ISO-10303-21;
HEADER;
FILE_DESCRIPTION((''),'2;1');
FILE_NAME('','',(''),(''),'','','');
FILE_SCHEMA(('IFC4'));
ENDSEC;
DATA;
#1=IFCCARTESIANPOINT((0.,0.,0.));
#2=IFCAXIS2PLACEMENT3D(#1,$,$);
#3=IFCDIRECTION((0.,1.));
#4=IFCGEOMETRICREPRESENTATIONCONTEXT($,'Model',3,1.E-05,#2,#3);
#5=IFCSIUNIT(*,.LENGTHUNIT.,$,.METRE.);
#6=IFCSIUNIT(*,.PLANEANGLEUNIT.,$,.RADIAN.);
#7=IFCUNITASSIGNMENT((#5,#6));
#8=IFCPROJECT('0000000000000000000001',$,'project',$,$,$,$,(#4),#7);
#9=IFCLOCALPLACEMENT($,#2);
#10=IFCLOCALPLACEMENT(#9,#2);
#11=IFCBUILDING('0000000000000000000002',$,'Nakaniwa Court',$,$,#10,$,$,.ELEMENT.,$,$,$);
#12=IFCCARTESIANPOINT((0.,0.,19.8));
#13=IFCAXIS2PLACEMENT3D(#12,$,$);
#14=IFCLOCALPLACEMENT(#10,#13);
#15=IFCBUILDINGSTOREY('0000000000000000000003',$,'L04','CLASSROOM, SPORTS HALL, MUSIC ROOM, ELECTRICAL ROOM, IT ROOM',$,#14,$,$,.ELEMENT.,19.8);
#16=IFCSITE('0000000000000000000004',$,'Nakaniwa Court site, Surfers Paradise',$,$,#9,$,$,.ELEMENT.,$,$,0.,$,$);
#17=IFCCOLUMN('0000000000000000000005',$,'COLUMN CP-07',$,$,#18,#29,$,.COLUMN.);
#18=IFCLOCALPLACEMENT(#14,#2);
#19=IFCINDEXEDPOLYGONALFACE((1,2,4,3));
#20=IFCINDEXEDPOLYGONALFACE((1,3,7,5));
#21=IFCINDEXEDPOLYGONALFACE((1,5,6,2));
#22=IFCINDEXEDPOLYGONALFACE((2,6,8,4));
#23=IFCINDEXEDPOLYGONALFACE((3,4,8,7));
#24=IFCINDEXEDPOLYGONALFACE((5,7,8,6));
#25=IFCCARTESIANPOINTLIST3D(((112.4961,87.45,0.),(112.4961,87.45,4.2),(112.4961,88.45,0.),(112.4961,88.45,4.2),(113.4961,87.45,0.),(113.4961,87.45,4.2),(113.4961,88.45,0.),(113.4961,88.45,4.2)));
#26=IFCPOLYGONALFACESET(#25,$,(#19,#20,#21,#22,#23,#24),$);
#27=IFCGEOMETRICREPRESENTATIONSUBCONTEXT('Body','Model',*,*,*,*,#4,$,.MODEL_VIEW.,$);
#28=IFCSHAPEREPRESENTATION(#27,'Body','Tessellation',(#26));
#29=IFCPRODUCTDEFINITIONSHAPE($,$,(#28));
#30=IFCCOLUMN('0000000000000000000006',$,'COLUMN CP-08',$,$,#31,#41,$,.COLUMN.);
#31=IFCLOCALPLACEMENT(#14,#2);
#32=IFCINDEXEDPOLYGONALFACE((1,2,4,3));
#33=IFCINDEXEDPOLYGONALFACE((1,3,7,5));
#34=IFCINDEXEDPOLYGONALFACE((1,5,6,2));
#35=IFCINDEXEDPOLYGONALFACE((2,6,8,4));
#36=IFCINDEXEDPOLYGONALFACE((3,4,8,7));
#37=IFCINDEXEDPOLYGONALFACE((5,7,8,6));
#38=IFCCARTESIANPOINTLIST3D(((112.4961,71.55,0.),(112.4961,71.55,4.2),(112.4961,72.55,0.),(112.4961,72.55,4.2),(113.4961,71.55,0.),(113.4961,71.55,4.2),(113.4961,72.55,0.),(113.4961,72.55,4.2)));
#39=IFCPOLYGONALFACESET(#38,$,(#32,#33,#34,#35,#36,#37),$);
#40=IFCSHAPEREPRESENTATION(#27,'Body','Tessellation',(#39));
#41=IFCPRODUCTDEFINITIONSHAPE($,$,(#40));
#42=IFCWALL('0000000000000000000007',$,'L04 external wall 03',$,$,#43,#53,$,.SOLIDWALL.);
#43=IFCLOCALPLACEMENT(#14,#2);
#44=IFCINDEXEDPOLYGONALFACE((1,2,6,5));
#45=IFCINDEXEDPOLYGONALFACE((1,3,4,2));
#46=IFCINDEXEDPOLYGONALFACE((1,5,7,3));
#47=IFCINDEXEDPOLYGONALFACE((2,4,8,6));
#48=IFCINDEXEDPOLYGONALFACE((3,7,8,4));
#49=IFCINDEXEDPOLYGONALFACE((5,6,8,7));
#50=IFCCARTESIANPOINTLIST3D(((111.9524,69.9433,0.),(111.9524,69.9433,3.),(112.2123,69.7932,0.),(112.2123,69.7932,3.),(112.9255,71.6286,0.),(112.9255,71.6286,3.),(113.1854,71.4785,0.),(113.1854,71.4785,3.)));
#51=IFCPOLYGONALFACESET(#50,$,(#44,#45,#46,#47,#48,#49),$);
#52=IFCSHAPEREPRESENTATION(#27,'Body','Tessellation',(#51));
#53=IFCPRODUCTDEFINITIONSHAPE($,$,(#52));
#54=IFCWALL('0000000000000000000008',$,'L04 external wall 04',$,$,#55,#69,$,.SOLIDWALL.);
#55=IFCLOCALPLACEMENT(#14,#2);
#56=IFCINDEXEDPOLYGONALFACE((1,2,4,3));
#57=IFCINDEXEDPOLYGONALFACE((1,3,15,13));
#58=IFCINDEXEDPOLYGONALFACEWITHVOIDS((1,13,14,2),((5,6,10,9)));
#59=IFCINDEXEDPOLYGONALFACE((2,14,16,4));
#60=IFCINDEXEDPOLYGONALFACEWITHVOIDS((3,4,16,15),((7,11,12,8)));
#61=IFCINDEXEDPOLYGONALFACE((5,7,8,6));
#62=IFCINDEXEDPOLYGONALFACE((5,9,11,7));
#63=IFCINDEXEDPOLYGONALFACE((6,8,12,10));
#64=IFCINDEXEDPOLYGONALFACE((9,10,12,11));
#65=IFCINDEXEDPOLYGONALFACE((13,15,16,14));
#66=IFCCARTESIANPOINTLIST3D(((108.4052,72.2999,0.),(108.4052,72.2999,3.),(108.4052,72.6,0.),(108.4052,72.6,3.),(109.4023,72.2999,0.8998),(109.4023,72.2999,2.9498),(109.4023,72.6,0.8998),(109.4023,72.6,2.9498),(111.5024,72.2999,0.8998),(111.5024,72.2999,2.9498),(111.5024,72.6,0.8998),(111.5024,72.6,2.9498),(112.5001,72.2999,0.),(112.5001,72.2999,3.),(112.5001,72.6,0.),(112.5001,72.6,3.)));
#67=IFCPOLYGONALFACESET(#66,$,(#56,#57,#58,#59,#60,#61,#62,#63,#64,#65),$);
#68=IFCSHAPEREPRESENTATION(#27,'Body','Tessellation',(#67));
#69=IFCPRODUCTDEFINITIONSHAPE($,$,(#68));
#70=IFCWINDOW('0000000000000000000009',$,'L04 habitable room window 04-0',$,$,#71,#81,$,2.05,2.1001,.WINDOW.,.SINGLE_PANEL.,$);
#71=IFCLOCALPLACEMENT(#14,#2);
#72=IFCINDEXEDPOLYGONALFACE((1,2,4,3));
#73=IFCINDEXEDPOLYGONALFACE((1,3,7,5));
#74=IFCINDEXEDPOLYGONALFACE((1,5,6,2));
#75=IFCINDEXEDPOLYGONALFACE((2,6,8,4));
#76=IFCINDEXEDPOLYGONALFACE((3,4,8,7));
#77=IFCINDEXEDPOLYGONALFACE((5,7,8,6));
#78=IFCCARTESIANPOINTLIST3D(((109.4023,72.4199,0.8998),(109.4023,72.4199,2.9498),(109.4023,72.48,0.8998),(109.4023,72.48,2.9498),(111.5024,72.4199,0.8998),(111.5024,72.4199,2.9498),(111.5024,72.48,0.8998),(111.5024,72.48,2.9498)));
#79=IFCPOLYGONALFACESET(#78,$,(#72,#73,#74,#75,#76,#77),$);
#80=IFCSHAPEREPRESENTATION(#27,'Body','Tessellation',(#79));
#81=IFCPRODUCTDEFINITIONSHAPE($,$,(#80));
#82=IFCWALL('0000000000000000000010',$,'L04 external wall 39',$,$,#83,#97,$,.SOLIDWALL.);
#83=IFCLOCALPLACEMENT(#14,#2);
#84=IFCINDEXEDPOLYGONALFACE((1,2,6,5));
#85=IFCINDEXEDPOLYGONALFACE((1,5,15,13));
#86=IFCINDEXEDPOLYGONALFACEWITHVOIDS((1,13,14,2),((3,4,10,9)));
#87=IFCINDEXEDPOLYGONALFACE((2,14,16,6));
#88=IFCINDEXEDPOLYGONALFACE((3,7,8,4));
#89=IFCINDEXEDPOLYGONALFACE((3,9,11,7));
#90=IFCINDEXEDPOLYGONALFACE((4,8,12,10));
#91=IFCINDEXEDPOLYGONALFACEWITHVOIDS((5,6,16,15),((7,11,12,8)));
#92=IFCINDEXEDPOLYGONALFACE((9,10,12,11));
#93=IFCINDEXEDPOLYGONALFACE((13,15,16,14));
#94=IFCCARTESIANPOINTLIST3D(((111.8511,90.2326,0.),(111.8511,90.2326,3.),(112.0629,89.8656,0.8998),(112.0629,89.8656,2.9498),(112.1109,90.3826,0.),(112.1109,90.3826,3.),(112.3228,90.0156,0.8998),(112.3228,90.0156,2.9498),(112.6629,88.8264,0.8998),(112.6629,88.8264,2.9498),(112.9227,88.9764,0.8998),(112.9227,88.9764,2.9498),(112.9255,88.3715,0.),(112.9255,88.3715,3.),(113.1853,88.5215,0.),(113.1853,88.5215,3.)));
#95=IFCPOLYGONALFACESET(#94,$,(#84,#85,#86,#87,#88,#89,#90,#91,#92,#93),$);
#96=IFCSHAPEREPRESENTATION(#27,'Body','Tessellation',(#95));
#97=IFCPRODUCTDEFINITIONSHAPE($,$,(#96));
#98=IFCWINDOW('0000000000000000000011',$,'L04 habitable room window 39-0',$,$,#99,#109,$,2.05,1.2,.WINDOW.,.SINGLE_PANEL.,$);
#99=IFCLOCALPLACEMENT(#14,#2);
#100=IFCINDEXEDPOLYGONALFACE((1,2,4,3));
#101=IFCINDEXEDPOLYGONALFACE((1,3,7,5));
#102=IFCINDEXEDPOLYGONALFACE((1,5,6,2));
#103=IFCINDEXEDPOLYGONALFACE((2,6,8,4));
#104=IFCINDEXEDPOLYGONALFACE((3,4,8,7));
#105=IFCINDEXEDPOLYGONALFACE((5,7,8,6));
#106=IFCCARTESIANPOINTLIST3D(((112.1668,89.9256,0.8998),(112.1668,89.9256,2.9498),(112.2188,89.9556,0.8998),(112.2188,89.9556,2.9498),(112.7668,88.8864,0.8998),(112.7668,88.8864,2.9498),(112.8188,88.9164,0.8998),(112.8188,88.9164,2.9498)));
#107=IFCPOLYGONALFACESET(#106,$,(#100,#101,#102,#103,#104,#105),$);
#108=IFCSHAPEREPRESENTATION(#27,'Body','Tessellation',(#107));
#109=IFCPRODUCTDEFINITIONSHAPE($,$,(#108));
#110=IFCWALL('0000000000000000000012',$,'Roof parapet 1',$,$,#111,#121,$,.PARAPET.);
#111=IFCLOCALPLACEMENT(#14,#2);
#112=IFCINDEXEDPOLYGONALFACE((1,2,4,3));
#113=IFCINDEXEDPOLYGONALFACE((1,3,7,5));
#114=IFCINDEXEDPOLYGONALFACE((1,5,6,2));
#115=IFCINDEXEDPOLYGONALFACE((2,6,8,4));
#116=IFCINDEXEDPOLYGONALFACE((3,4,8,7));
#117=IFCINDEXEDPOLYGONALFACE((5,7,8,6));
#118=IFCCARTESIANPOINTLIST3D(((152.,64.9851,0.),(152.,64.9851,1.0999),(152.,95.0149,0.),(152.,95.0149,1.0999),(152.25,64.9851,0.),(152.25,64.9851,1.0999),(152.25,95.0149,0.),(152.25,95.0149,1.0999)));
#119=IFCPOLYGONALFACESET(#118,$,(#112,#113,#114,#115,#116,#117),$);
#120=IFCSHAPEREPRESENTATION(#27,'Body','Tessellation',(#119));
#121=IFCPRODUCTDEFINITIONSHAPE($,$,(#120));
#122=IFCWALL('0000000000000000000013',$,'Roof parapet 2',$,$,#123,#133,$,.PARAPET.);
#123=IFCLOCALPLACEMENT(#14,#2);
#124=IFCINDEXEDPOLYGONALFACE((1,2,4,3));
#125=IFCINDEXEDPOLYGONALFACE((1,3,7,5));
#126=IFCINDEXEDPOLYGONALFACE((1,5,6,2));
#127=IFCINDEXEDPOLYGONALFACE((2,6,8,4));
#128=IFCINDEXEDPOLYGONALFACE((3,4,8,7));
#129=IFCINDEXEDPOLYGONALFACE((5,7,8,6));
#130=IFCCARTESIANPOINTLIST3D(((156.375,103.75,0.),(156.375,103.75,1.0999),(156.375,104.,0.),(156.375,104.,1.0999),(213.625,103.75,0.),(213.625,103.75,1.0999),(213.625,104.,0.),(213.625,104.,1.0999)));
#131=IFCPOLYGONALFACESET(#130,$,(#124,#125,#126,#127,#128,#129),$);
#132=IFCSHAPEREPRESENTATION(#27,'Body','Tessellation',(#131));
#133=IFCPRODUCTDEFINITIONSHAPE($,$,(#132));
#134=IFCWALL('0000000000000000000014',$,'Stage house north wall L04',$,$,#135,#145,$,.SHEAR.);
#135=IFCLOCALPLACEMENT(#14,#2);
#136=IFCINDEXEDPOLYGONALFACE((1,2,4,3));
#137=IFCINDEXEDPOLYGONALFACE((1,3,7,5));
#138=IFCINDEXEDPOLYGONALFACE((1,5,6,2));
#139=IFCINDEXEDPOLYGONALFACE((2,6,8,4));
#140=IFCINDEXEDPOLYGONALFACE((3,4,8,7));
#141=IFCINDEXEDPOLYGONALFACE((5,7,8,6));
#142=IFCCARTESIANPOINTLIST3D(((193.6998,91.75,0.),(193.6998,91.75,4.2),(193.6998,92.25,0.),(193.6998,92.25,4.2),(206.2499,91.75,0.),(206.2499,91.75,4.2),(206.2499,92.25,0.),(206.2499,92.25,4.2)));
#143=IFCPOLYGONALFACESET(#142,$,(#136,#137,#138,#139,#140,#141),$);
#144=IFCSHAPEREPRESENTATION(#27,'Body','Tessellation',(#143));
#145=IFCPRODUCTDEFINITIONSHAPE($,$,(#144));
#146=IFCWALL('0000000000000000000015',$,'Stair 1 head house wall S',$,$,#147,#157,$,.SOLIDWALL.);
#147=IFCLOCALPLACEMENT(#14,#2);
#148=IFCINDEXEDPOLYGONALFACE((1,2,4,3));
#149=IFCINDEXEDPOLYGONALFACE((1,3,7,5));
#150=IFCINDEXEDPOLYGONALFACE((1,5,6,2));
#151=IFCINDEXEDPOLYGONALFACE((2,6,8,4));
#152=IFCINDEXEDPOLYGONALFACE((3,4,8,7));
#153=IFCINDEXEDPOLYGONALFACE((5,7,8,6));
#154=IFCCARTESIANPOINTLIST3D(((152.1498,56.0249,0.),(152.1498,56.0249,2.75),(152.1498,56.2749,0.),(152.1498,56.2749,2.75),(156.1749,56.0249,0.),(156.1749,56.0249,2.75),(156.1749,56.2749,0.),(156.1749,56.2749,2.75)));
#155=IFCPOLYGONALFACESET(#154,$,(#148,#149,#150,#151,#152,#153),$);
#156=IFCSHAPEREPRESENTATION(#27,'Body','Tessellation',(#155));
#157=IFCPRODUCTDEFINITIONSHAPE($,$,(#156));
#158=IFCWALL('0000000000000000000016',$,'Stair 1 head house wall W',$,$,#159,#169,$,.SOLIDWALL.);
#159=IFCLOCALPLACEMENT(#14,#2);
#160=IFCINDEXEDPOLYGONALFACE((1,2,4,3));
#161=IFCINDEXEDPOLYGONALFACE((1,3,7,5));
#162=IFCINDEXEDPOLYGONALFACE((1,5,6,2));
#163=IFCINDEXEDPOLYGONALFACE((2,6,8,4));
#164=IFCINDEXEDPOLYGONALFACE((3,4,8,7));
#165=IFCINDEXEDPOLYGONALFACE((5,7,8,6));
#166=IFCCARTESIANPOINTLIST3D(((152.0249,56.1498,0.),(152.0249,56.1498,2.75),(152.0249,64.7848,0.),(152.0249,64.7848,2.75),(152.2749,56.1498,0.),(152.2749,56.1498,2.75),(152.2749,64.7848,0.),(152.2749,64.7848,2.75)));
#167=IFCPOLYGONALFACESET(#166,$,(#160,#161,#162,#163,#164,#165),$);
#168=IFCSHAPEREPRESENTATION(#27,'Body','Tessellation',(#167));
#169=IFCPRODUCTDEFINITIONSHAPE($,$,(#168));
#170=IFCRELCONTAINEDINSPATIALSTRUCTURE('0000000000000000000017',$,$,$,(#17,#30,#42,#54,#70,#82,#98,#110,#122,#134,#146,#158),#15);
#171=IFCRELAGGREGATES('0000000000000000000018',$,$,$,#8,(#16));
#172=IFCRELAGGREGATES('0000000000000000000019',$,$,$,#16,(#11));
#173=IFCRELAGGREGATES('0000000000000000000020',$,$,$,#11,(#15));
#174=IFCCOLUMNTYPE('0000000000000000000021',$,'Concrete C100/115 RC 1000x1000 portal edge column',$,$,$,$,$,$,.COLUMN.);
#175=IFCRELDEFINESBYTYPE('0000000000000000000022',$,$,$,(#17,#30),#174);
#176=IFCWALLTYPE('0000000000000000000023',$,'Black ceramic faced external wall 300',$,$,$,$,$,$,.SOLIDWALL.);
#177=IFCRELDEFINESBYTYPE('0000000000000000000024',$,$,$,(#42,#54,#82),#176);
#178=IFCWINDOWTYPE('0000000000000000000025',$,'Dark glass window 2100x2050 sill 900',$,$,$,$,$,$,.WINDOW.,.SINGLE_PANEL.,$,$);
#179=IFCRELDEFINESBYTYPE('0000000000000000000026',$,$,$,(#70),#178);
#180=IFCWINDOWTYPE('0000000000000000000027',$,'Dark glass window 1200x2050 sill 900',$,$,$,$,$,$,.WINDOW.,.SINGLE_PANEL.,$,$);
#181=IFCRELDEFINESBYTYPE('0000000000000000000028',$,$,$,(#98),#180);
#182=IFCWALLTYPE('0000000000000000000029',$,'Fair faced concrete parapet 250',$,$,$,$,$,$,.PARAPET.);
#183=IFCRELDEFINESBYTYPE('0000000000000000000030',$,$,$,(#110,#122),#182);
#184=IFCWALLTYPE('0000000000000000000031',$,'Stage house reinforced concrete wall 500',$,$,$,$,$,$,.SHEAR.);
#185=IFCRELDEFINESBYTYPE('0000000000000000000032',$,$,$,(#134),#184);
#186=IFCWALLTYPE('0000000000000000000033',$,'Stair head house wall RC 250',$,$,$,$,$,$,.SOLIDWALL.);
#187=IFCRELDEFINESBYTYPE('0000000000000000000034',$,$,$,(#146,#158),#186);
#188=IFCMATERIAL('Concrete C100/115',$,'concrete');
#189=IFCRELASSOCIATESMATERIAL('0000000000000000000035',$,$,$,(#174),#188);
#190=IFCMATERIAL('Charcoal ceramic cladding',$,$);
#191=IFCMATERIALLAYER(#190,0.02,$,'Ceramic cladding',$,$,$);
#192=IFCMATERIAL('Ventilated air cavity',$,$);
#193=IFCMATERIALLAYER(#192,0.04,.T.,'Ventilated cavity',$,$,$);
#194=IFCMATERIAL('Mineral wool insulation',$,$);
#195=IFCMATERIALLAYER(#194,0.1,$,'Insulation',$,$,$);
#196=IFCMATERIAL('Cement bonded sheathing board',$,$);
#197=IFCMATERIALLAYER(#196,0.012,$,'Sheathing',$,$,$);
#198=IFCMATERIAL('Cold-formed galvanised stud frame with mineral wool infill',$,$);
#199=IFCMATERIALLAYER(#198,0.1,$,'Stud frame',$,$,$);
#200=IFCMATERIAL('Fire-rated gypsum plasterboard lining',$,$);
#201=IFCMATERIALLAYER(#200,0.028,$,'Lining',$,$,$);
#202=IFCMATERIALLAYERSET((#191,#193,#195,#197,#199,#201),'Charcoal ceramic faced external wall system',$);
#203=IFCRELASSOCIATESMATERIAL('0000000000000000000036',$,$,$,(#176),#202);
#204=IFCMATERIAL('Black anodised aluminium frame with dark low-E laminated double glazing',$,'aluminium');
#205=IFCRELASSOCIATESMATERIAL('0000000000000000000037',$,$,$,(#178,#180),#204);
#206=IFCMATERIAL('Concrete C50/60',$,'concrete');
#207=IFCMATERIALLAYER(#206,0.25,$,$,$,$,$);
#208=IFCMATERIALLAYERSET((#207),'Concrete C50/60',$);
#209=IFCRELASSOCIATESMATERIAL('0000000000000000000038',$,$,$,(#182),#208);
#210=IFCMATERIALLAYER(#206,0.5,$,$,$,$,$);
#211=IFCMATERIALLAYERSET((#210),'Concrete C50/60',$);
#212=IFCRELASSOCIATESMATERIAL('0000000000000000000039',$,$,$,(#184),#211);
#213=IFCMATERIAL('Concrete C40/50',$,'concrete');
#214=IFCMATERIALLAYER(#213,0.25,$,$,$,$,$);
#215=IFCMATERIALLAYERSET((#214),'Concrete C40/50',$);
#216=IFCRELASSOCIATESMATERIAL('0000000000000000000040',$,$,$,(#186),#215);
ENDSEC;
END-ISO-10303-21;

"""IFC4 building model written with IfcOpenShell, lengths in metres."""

from ifc_helpers import new_model, si_unit, direction, frame, frame_2d, origin, origin_2d, place, context, subcontext, project, spatial, rectangle, extrude, material, layer, layer_set, material_profile, profile_set, type_object, element, fill, save


model = new_model("IFC4")

# Units and contexts
model_context = context("Model", 3, precision=1e-05, world=origin(), true_north=direction((0.0, 1.0)))
body_context = subcontext(model_context, "Body", "Model", "MODEL_VIEW")
ifc_project = project(units=[si_unit("LENGTHUNIT", "METRE"), si_unit("PLANEANGLEUNIT", "RADIAN")], contexts=[model_context])

# Site, building, storey
site_placement = place(None, origin())
site = spatial("IfcSite", under=ifc_project, at=site_placement, Name="Nakaniwa Court site, Surfers Paradise", CompositionType="ELEMENT", RefElevation=0.0)
building_placement = place(site_placement, origin())
building = spatial("IfcBuilding", under=site, at=building_placement, Name="Nakaniwa Court", CompositionType="ELEMENT")
storey_placement = place(building_placement, frame((0.0, 0.0, 19.8)))
storey = spatial("IfcBuildingStorey", under=building, at=storey_placement, Name="L04", Description="CLASSROOM, SPORTS HALL, MUSIC ROOM, ELECTRICAL ROOM, IT ROOM", CompositionType="ELEMENT", Elevation=19.8)

# Columns
ifc_material_1 = material(Name="Concrete C100/115", Category="concrete")
ifc_material_profile = material_profile(ifc_material_1, rectangle(XDim=1.0, YDim=1.0, at=origin_2d()), Name="Concrete C100/115 RC 1000x1000 portal edge column")
ifc_profile_set = profile_set([ifc_material_profile], Name="Concrete C100/115")
column_type = type_object("IfcColumnType", Name="Concrete C100/115 RC 1000x1000 portal edge column", PredefinedType="COLUMN", material=ifc_profile_set)
for number, where, z_axis, x_axis, name in (
    (1, (112.9961, 87.95, 0.0), (0.0, 0.0, 1.0), (1.0, 0.0, 0.0), "COLUMN CP-07"),
    (2, (112.9961, 72.05, 0.0), (0.0, 0.0, 1.0), (1.0, 0.0, 0.0), "COLUMN CP-08"),
):
    element("IfcColumn", number, at=place(storey_placement, frame(where, z_axis=z_axis, x_axis=x_axis)), inside=storey, type_object=column_type, Name=name, PredefinedType="COLUMN", context=body_context, shape_type="SweptSolid", body=[
        extrude(rectangle(XDim=1.0, YDim=1.0, at=origin_2d()), origin(), (0.0, 0.0, 1.0), 4.2),
    ])

# Wall
ifc_material_2 = material(Name="Charcoal ceramic cladding")
ifc_layer_1 = layer(ifc_material_2, 0.02, Name="Ceramic cladding")
ifc_material_3 = material(Name="Ventilated air cavity")
ifc_layer_2 = layer(ifc_material_3, 0.04, ventilated=True, Name="Ventilated cavity")
ifc_material_4 = material(Name="Mineral wool insulation")
ifc_layer_3 = layer(ifc_material_4, 0.1, Name="Insulation")
ifc_material_5 = material(Name="Cement bonded sheathing board")
ifc_layer_4 = layer(ifc_material_5, 0.012, Name="Sheathing")
ifc_material_6 = material(Name="Cold-formed galvanised stud frame with mineral wool infill")
ifc_layer_5 = layer(ifc_material_6, 0.1, Name="Stud frame")
ifc_material_7 = material(Name="Fire-rated gypsum plasterboard lining")
ifc_layer_6 = layer(ifc_material_7, 0.028, Name="Lining")
ifc_layer_set_1 = layer_set([ifc_layer_1, ifc_layer_2, ifc_layer_3, ifc_layer_4, ifc_layer_5, ifc_layer_6], Name="Charcoal ceramic faced external wall system")
wall_type_1 = type_object("IfcWallType", Name="Black ceramic faced external wall 300", PredefinedType="SOLIDWALL", material=ifc_layer_set_1)
wall_1_placement = place(storey_placement, frame((112.0823, 69.8682, 0.0), z_axis=(0.0, 0.0, 1.0), x_axis=(0.500052, 0.865995, 0.0)))
element("IfcWall", 3, at=wall_1_placement, inside=storey, type_object=wall_type_1, Name="L04 external wall 03", PredefinedType="SOLIDWALL", context=body_context, shape_type="SweptSolid", body=[
    extrude(rectangle(XDim=1.946, YDim=0.3, at=frame_2d((0.9731, 0.0))), origin(), (0.0, 0.0, 1.0), 3.0),
])

# Walls, openings, windows
wall_2_placement = place(storey_placement, frame((112.5, 72.45, 0.0), z_axis=(0.0, 0.0, 1.0), x_axis=(-1.0, 0.0, 0.0)))
wall_2 = element("IfcWall", 4, at=wall_2_placement, inside=storey, type_object=wall_type_1, Name="L04 external wall 04", PredefinedType="SOLIDWALL", context=body_context, shape_type="SweptSolid", body=[
    extrude(rectangle(XDim=4.095, YDim=0.3, at=frame_2d((2.0474, 0.0))), origin(), (0.0, 0.0, 1.0), 3.0),
])
opening_1_placement = place(wall_2_placement, frame((0.9976, 0.0, 0.8999)))
opening_1 = element("IfcOpeningElement", 5, at=opening_1_placement, cuts=wall_2, PredefinedType="OPENING", context=body_context, shape_type="SweptSolid", body=[
    extrude(rectangle(XDim=2.1001, YDim=2.05, at=frame_2d((1.05, 1.0249))), frame((0.0, 0.1599, 0.0), z_axis=(0.0, -1.0, 0.0), x_axis=(1.0, 0.0, 0.0)), (0.0, 0.0, 1.0), 0.3201),
])
ifc_material_8 = material(Name="Black anodised aluminium frame with dark low-E laminated double glazing", Category="aluminium")
window_type_1 = type_object("IfcWindowType", Name="Dark glass window 2100x2050 sill 900", PartitioningType="SINGLE_PANEL", PredefinedType="WINDOW", material=ifc_material_8)
window_1_placement = place(opening_1_placement, origin())
window_1 = element("IfcWindow", 6, at=window_1_placement, inside=storey, type_object=window_type_1, Name="L04 habitable room window 04-0", OverallHeight=2.05, OverallWidth=2.1001, PartitioningType="SINGLE_PANEL", PredefinedType="WINDOW", context=body_context, shape_type="SweptSolid", body=[
    extrude(rectangle(XDim=2.1001, YDim=2.05, at=frame_2d((1.05, 1.0249))), frame((0.0, 0.03, 0.0), z_axis=(0.0, -1.0, 0.0), x_axis=(1.0, 0.0, 0.0)), (0.0, 0.0, 1.0), 0.0601),
])
fill(opening_1, window_1)
wall_3_placement = place(storey_placement, frame((113.0554, 88.4465, 0.0), z_axis=(0.0, 0.0, 1.0), x_axis=(-0.499988, 0.866032, 0.0)))
wall_3 = element("IfcWall", 7, at=wall_3_placement, inside=storey, type_object=wall_type_1, Name="L04 external wall 39", PredefinedType="SOLIDWALL", context=body_context, shape_type="SweptSolid", body=[
    extrude(rectangle(XDim=2.1489, YDim=0.3, at=frame_2d((1.0745, 0.0))), origin(), (0.0, 0.0, 1.0), 3.0),
])
opening_2_placement = place(wall_3_placement, frame((0.5251, 0.0, 0.8999)))
opening_2 = element("IfcOpeningElement", 8, at=opening_2_placement, cuts=wall_3, PredefinedType="OPENING", context=body_context, shape_type="SweptSolid", body=[
    extrude(rectangle(XDim=1.2, YDim=2.05, at=frame_2d((0.6001, 1.0249))), frame((0.0, 0.1599, 0.0), z_axis=(0.0, -1.0, 0.0), x_axis=(1.0, 0.0, 0.0)), (0.0, 0.0, 1.0), 0.3201),
])
window_type_2 = type_object("IfcWindowType", Name="Dark glass window 1200x2050 sill 900", PartitioningType="SINGLE_PANEL", PredefinedType="WINDOW", material=ifc_material_8)
window_2_placement = place(opening_2_placement, origin())
window_2 = element("IfcWindow", 9, at=window_2_placement, inside=storey, type_object=window_type_2, Name="L04 habitable room window 39-0", OverallHeight=2.05, OverallWidth=1.2, PartitioningType="SINGLE_PANEL", PredefinedType="WINDOW", context=body_context, shape_type="SweptSolid", body=[
    extrude(rectangle(XDim=1.2, YDim=2.05, at=frame_2d((0.6001, 1.0249))), frame((0.0, 0.03, 0.0), z_axis=(0.0, -1.0, 0.0), x_axis=(1.0, 0.0, 0.0)), (0.0, 0.0, 1.0), 0.0601),
])
fill(opening_2, window_2)

# Walls
ifc_material_9 = material(Name="Concrete C50/60", Category="concrete")
ifc_layer_7 = layer(ifc_material_9, 0.25)
ifc_layer_set_2 = layer_set([ifc_layer_7], Name="Concrete C50/60")
wall_type_2 = type_object("IfcWallType", Name="Fair faced concrete parapet 250", PredefinedType="PARAPET", material=ifc_layer_set_2)
wall_4_placement = place(storey_placement, frame((152.125, 64.9851, 0.0), z_axis=(0.0, 0.0, 1.0), x_axis=(0.0, 1.0, 0.0)))
element("IfcWall", 10, at=wall_4_placement, inside=storey, type_object=wall_type_2, Name="Roof parapet 1", PredefinedType="PARAPET", context=body_context, shape_type="SweptSolid", body=[
    extrude(rectangle(XDim=30.0298, YDim=0.25, at=frame_2d((15.0149, 0.0))), origin(), (0.0, 0.0, 1.0), 1.0999),
])
wall_5_placement = place(storey_placement, frame((156.375, 103.875, 0.0), z_axis=(0.0, 0.0, 1.0), x_axis=(1.0, 0.0, 0.0)))
element("IfcWall", 11, at=wall_5_placement, inside=storey, type_object=wall_type_2, Name="Roof parapet 2", PredefinedType="PARAPET", context=body_context, shape_type="SweptSolid", body=[
    extrude(rectangle(XDim=57.25, YDim=0.25, at=frame_2d((28.625, 0.0))), origin(), (0.0, 0.0, 1.0), 1.0999),
])
ifc_layer_8 = layer(ifc_material_9, 0.5)
ifc_layer_set_3 = layer_set([ifc_layer_8], Name="Concrete C50/60")
wall_type_3 = type_object("IfcWallType", Name="Stage house reinforced concrete wall 500", PredefinedType="SHEAR", material=ifc_layer_set_3)
wall_6_placement = place(storey_placement, frame((193.7, 92.0, 0.0), z_axis=(0.0, 0.0, 1.0), x_axis=(1.0, 0.0, 0.0)))
element("IfcWall", 12, at=wall_6_placement, inside=storey, type_object=wall_type_3, Name="Stage house north wall L04", PredefinedType="SHEAR", context=body_context, shape_type="SweptSolid", body=[
    extrude(rectangle(XDim=12.55, YDim=0.5, at=frame_2d((6.2749, 0.0))), origin(), (0.0, 0.0, 1.0), 4.2),
])
ifc_material_10 = material(Name="Concrete C40/50", Category="concrete")
ifc_layer_9 = layer(ifc_material_10, 0.25)
ifc_layer_set_4 = layer_set([ifc_layer_9], Name="Concrete C40/50")
wall_type_4 = type_object("IfcWallType", Name="Stair head house wall RC 250", PredefinedType="SOLIDWALL", material=ifc_layer_set_4)
wall_7_placement = place(storey_placement, frame((156.175, 56.1499, 0.0), z_axis=(0.0, 0.0, 1.0), x_axis=(-1.0, 0.0, 0.0)))
element("IfcWall", 13, at=wall_7_placement, inside=storey, type_object=wall_type_4, Name="Stair 1 head house wall S", PredefinedType="SOLIDWALL", context=body_context, shape_type="SweptSolid", body=[
    extrude(rectangle(XDim=4.0251, YDim=0.25, at=frame_2d((2.0127, 0.0))), origin(), (0.0, 0.0, 1.0), 2.75),
])
wall_8_placement = place(storey_placement, frame((152.1499, 56.1499, 0.0), z_axis=(0.0, 0.0, 1.0), x_axis=(0.0, 1.0, 0.0)))
element("IfcWall", 14, at=wall_8_placement, inside=storey, type_object=wall_type_4, Name="Stair 1 head house wall W", PredefinedType="SOLIDWALL", context=body_context, shape_type="SweptSolid", body=[
    extrude(rectangle(XDim=8.635, YDim=0.25, at=frame_2d((4.3174, 0.0))), origin(), (0.0, 0.0, 1.0), 2.75),
])

save(model, "model.ifc")
